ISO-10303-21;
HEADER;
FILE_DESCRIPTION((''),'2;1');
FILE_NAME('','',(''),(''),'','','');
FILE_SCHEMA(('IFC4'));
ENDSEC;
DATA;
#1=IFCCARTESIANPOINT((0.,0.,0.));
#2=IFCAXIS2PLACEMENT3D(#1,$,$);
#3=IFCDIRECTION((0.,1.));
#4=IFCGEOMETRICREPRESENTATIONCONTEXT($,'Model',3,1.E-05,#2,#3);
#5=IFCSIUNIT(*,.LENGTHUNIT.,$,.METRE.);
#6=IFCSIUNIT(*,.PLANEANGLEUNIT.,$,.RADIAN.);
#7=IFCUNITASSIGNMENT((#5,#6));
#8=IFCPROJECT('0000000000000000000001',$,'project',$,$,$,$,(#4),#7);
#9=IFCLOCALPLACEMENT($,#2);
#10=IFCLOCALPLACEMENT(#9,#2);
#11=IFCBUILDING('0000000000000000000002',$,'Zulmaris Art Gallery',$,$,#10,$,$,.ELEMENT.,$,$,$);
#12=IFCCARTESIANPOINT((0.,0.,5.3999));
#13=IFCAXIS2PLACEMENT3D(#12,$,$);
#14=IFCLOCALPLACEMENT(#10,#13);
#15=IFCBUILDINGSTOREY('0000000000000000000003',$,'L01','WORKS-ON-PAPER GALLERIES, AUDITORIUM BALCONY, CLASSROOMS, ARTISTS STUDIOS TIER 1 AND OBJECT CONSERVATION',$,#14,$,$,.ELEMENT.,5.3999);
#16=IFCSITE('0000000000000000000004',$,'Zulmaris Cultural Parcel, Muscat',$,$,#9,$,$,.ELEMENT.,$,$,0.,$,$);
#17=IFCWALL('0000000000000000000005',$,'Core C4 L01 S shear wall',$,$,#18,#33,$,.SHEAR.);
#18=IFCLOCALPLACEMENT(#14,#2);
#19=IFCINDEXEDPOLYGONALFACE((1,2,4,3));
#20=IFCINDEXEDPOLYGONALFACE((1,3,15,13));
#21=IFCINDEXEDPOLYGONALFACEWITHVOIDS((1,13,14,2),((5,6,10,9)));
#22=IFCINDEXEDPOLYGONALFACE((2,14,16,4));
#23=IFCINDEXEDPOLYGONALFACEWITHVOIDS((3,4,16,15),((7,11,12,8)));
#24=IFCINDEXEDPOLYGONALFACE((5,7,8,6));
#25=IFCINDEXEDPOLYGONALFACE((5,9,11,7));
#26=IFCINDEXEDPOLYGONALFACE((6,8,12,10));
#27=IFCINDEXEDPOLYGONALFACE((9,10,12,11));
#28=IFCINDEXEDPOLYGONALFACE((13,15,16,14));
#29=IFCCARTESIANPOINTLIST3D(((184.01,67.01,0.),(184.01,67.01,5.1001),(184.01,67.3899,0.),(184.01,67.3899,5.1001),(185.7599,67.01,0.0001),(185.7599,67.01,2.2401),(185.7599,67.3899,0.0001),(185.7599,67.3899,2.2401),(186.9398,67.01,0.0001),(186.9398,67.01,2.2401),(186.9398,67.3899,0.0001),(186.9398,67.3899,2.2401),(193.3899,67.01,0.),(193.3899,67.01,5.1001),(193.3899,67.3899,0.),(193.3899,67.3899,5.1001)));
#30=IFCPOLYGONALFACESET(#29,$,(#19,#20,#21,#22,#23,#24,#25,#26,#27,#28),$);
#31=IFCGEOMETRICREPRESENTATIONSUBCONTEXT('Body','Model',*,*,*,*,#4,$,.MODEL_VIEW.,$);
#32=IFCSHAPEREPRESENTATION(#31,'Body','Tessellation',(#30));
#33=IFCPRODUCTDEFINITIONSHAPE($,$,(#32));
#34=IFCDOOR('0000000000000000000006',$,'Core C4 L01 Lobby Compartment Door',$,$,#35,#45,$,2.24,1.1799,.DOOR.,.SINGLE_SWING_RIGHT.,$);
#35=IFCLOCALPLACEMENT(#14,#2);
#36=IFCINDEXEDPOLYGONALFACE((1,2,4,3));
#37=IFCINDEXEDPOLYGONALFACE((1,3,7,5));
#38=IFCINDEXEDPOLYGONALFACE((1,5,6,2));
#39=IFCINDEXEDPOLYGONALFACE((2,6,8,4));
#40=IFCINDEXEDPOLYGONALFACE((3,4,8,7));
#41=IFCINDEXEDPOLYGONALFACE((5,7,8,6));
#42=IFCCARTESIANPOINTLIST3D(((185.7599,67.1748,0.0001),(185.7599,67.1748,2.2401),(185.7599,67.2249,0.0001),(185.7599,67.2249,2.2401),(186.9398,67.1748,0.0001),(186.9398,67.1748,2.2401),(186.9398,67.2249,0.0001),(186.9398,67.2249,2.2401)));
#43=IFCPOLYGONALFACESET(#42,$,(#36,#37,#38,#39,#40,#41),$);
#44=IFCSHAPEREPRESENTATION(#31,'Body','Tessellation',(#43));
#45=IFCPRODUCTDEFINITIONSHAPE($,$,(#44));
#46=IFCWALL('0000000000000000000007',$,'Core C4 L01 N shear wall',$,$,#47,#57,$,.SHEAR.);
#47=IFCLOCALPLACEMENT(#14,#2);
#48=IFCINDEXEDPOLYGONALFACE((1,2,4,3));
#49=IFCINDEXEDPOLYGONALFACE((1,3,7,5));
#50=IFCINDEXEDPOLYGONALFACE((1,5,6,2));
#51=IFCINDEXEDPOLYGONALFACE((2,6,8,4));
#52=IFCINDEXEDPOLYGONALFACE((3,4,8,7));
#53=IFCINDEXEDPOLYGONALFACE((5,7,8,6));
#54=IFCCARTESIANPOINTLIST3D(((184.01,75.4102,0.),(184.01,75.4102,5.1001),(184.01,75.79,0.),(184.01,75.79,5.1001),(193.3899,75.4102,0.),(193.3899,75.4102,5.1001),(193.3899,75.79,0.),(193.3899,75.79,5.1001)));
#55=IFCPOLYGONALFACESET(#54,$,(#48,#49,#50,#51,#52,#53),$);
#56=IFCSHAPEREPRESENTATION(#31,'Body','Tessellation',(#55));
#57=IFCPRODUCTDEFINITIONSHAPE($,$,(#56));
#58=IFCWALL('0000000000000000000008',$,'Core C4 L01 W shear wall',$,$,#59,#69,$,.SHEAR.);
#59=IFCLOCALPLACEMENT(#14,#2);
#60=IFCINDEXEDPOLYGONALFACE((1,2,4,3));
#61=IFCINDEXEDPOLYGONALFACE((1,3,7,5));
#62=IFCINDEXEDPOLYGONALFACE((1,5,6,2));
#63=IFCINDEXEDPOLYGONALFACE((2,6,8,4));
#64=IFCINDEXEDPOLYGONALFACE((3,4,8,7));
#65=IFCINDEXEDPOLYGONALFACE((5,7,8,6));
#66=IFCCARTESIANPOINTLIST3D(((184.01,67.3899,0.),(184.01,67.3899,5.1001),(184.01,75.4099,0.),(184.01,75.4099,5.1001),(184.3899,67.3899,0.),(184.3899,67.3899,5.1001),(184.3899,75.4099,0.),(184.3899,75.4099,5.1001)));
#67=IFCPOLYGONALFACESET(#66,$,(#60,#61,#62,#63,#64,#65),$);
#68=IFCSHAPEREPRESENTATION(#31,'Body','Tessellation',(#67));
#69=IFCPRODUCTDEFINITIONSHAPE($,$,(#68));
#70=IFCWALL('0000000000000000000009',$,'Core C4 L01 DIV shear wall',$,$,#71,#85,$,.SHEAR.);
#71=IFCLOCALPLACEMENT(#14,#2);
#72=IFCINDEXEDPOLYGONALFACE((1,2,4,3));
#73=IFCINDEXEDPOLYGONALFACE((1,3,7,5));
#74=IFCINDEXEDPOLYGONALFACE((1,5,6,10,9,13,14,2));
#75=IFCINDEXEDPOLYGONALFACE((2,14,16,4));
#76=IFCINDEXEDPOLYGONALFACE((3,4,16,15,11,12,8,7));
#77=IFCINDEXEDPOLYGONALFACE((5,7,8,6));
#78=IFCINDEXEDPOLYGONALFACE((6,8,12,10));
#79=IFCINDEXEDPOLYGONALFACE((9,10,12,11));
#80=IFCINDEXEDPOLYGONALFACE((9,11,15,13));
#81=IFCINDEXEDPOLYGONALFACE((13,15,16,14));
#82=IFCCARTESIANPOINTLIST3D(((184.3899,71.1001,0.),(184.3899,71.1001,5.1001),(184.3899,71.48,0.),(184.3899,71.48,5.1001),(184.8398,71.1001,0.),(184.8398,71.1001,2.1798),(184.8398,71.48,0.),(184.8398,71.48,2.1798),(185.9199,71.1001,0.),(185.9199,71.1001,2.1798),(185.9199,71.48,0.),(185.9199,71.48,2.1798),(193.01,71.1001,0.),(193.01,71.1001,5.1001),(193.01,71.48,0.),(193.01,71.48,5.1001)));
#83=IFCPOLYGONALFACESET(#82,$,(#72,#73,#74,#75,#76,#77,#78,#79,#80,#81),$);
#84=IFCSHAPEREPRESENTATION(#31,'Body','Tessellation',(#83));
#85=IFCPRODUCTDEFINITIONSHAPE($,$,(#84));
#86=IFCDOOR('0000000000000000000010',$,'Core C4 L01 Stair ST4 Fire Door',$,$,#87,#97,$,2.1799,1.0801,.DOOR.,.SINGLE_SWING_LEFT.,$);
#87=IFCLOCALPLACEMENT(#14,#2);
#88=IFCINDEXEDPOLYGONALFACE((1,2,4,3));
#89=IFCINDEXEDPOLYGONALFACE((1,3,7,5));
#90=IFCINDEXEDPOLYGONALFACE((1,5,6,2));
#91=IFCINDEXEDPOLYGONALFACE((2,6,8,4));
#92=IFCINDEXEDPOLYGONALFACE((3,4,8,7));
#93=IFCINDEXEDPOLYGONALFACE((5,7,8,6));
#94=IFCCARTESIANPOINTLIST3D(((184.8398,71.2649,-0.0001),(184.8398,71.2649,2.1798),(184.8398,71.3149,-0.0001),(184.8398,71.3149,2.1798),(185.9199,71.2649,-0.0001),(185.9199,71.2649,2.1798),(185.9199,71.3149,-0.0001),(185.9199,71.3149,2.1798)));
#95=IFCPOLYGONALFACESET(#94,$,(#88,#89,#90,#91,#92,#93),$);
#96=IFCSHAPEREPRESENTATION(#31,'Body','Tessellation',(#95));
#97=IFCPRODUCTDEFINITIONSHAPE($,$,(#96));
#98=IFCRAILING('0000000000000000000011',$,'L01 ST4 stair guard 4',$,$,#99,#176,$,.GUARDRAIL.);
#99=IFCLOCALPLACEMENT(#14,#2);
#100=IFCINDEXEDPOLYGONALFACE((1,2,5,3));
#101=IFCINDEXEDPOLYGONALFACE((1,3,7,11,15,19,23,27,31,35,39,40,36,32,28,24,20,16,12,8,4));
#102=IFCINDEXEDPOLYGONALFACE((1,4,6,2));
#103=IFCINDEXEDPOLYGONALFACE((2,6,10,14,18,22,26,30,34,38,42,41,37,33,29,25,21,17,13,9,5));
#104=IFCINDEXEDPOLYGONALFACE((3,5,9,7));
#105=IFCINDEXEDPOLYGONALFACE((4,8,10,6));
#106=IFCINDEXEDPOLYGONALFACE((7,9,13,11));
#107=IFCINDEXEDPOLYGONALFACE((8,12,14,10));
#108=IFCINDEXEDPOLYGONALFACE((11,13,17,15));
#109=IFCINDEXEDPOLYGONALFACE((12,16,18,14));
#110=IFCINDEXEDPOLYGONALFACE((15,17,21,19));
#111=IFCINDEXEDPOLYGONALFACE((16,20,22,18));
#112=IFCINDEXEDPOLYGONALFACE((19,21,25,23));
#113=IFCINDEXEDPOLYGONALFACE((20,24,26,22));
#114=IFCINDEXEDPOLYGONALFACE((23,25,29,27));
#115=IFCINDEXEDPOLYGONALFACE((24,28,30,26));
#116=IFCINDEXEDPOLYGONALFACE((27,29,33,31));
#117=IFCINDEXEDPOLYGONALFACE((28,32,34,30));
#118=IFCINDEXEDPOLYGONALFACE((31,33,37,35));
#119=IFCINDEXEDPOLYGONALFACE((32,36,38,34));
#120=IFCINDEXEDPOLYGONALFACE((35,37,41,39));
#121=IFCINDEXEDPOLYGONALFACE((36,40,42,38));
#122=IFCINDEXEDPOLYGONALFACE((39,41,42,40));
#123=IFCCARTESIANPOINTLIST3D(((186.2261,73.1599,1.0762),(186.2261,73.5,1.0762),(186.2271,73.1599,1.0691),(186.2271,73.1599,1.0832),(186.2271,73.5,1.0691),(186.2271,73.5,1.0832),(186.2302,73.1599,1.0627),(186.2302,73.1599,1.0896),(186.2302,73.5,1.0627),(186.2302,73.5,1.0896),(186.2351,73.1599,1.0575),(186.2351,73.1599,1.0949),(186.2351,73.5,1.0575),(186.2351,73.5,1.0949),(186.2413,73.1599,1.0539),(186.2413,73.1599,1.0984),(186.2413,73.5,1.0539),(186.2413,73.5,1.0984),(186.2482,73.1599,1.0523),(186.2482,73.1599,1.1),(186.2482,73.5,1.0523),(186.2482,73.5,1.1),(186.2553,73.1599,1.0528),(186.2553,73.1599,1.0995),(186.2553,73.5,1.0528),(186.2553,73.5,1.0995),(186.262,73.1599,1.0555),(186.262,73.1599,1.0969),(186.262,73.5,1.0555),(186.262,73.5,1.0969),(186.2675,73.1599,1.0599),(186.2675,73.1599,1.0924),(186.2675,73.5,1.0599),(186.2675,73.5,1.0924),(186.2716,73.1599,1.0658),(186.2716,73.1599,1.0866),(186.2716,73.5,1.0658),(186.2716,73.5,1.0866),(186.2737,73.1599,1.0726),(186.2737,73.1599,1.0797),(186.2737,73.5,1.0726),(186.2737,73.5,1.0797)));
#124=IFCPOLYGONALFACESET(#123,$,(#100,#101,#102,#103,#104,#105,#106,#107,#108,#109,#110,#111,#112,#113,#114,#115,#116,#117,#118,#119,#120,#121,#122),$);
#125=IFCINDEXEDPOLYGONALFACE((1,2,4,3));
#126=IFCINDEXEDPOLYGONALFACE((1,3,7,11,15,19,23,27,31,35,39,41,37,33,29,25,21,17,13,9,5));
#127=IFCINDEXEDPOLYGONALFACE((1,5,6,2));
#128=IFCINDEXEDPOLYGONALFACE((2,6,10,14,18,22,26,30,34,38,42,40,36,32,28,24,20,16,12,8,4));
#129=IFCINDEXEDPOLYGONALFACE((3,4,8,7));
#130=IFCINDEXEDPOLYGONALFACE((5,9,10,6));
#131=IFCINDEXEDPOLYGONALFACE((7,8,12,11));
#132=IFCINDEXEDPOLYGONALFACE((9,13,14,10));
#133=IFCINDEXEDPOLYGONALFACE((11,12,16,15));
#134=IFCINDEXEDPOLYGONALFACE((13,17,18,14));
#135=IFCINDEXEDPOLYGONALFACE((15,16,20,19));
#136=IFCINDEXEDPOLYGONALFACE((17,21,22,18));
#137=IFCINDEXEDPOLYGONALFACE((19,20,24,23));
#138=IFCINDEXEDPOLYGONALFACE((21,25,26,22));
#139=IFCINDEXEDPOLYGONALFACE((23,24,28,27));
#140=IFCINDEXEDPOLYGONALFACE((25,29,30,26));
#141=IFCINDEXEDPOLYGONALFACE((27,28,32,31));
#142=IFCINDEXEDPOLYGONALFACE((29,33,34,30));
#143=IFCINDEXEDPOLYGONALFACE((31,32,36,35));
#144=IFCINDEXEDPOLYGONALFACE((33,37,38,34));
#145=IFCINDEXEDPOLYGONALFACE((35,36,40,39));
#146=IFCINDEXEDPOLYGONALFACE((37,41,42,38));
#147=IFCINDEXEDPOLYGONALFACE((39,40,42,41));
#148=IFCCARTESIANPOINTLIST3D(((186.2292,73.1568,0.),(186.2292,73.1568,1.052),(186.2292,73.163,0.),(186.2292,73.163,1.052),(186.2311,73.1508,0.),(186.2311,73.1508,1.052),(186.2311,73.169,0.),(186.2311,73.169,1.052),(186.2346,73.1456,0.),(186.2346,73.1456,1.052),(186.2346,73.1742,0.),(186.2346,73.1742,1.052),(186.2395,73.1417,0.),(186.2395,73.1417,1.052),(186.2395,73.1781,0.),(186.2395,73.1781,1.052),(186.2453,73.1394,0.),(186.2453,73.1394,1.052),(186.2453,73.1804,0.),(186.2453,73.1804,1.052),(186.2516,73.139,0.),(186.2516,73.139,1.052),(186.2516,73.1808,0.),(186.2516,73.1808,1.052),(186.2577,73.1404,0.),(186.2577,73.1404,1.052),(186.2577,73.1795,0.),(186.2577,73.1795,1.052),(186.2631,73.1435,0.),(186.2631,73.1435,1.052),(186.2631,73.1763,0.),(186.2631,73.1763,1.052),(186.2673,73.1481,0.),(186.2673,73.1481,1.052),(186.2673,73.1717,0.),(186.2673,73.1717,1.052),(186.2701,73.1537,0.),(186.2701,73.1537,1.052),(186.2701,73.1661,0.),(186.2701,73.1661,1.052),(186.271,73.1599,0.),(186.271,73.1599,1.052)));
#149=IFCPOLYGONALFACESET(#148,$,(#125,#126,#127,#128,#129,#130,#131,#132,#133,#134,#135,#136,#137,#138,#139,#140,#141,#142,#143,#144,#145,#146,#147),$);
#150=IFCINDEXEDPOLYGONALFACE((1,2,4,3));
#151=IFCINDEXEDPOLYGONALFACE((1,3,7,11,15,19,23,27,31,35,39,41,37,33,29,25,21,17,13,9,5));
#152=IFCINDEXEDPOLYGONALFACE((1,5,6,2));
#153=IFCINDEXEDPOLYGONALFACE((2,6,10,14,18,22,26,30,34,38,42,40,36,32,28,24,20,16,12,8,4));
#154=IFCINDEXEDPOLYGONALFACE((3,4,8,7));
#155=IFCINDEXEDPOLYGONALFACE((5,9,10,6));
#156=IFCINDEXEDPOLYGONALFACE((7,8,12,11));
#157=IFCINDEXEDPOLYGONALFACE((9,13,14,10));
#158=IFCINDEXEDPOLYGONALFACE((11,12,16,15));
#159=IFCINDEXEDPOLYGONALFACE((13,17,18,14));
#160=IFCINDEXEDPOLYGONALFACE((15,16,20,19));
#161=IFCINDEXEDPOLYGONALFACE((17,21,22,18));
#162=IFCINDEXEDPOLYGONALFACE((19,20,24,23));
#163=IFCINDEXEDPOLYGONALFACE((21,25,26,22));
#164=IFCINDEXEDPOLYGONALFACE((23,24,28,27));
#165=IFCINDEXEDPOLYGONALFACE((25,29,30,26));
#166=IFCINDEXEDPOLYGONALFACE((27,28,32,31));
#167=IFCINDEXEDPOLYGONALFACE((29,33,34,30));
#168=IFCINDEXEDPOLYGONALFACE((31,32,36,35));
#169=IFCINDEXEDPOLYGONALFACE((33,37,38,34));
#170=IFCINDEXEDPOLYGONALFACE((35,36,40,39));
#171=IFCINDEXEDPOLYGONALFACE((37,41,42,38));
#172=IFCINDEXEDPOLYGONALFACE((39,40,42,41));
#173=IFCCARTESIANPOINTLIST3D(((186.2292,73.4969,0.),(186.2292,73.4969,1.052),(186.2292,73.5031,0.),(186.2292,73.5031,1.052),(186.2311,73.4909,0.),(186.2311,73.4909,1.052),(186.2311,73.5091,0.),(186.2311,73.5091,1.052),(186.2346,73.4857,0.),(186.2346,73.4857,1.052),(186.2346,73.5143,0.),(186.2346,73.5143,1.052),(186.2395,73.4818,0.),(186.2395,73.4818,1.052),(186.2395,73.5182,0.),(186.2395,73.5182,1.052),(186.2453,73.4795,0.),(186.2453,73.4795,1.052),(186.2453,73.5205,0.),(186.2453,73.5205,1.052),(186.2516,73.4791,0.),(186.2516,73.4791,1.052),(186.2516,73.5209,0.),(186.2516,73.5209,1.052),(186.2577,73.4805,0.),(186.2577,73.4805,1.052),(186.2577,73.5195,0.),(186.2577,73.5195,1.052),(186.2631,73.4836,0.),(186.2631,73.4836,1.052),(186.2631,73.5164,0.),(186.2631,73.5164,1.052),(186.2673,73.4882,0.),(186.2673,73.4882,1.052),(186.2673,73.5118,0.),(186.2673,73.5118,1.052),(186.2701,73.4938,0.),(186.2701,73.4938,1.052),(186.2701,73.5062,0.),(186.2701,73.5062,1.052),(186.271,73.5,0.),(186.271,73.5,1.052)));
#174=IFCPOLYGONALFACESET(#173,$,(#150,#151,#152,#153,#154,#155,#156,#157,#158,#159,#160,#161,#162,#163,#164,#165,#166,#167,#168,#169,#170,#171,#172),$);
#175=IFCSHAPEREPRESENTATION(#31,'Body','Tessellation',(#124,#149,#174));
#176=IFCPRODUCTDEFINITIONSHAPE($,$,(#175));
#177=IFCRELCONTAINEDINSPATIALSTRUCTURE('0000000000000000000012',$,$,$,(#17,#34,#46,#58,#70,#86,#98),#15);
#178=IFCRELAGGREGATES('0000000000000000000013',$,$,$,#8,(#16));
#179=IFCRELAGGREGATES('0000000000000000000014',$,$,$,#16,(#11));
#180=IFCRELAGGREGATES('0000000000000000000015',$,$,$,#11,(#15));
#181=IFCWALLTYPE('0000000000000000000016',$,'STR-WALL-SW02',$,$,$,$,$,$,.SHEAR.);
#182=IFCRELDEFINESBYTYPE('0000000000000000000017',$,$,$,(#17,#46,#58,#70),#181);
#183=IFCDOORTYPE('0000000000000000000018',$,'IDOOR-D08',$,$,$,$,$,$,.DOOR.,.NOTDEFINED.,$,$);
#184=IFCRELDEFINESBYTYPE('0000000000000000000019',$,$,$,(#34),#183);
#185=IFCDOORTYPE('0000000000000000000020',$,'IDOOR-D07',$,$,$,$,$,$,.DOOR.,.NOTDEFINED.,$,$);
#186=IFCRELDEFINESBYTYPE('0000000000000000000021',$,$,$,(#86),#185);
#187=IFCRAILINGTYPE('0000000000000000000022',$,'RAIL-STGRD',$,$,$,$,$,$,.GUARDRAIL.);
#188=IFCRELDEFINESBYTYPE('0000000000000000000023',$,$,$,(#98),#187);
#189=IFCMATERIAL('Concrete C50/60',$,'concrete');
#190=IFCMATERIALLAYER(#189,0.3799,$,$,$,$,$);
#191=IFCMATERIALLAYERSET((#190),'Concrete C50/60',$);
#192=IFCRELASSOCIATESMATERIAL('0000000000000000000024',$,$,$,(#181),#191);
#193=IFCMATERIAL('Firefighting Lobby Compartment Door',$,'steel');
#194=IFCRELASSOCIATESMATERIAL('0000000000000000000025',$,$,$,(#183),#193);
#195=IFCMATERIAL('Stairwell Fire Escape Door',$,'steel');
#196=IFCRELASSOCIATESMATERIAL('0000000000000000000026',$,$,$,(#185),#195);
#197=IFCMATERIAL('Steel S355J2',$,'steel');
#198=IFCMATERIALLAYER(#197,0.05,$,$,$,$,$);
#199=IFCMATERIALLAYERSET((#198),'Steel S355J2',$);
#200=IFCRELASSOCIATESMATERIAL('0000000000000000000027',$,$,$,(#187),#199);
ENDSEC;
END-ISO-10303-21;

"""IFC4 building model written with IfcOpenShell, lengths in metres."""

from ifc_helpers import new_model, si_unit, direction, frame, frame_2d, origin, origin_2d, place, context, subcontext, project, spatial, rectangle, circle, extrude, material, layer, layer_set, type_object, element, fill, save


model = new_model("IFC4")

# Units and contexts
model_context = context("Model", 3, precision=1e-05, world=origin(), true_north=direction((0.0, 1.0)))
body_context = subcontext(model_context, "Body", "Model", "MODEL_VIEW")
ifc_project = project(units=[si_unit("LENGTHUNIT", "METRE"), si_unit("PLANEANGLEUNIT", "RADIAN")], contexts=[model_context])

# Site, building, storey
site_placement = place(None, origin())
site = spatial("IfcSite", under=ifc_project, at=site_placement, Name="Zulmaris Cultural Parcel, Muscat", CompositionType="ELEMENT", RefElevation=0.0)
building_placement = place(site_placement, origin())
building = spatial("IfcBuilding", under=site, at=building_placement, Name="Zulmaris Art Gallery", CompositionType="ELEMENT")
storey_placement = place(building_placement, frame((0.0, 0.0, 5.3999)))
storey = spatial("IfcBuildingStorey", under=building, at=storey_placement, Name="L01", Description="WORKS-ON-PAPER GALLERIES, AUDITORIUM BALCONY, CLASSROOMS, ARTISTS STUDIOS TIER 1 AND OBJECT CONSERVATION", CompositionType="ELEMENT", Elevation=5.3999)

# Shared definitions
ifc_material_1 = material(Name="Concrete C50/60", Category="concrete")

# Shared definitions
ifc_material_2 = material(Name="Steel S355J2", Category="steel")

# Wall, opening, door
ifc_layer_1 = layer(ifc_material_1, 0.3799)
ifc_layer_set_1 = layer_set([ifc_layer_1], Name="Concrete C50/60")
wall_type_1 = type_object("IfcWallType", Name="STR-WALL-SW02", PredefinedType="SHEAR", material=ifc_layer_set_1)
wall_1_placement = place(storey_placement, frame((184.01, 67.2, 0.0), z_axis=(0.0, 0.0, 1.0), x_axis=(1.0, 0.0, 0.0)))
wall_1 = element("IfcWall", 1, at=wall_1_placement, inside=storey, type_object=wall_type_1, Name="Core C4 L01 S shear wall", PredefinedType="SHEAR", context=body_context, shape_type="SweptSolid", body=[
    extrude(rectangle(XDim=9.3799, YDim=0.3799, at=frame_2d((4.6899, 0.0))), origin(), (0.0, 0.0, 1.0), 5.1001),
])
opening_1_placement = place(wall_1_placement, frame((1.75, 0.0, 0.0)))
opening_1 = element("IfcOpeningElement", 2, at=opening_1_placement, cuts=wall_1, PredefinedType="OPENING", context=body_context, shape_type="SweptSolid", body=[
    extrude(rectangle(XDim=1.1799, YDim=2.24, at=frame_2d((0.5898, 1.1201))), frame((0.0, 0.2, 0.0), z_axis=(0.0, -1.0, 0.0), x_axis=(1.0, 0.0, 0.0)), (0.0, 0.0, 1.0), 0.3999),
])
ifc_material_3 = material(Name="Firefighting Lobby Compartment Door", Category="steel")
door_type_1 = type_object("IfcDoorType", Name="IDOOR-D08", OperationType="NOTDEFINED", PredefinedType="DOOR", material=ifc_material_3)
door_1_placement = place(opening_1_placement, origin())
door_1 = element("IfcDoor", 3, at=door_1_placement, inside=storey, type_object=door_type_1, Name="Core C4 L01 Lobby Compartment Door", OperationType="SINGLE_SWING_RIGHT", OverallHeight=2.24, OverallWidth=1.1799, PredefinedType="DOOR", context=body_context, shape_type="SweptSolid", body=[
    extrude(rectangle(XDim=1.1799, YDim=2.24, at=frame_2d((0.5898, 1.1201))), frame((0.0, 0.0249, 0.0), z_axis=(0.0, -1.0, 0.0), x_axis=(1.0, 0.0, 0.0)), (0.0, 0.0, 1.0), 0.05),
])
fill(opening_1, door_1)

# Walls
wall_2_placement = place(storey_placement, frame((184.01, 75.6001, 0.0), z_axis=(0.0, 0.0, 1.0), x_axis=(1.0, 0.0, 0.0)))
element("IfcWall", 4, at=wall_2_placement, inside=storey, type_object=wall_type_1, Name="Core C4 L01 N shear wall", PredefinedType="SHEAR", context=body_context, shape_type="SweptSolid", body=[
    extrude(rectangle(XDim=9.3799, YDim=0.3799, at=frame_2d((4.6899, 0.0))), origin(), (0.0, 0.0, 1.0), 5.1001),
])
wall_3_placement = place(storey_placement, frame((184.2, 67.3899, 0.0), z_axis=(0.0, 0.0, 1.0), x_axis=(0.0, 1.0, 0.0)))
element("IfcWall", 5, at=wall_3_placement, inside=storey, type_object=wall_type_1, Name="Core C4 L01 W shear wall", PredefinedType="SHEAR", context=body_context, shape_type="SweptSolid", body=[
    extrude(rectangle(XDim=8.02, YDim=0.3799, at=frame_2d((4.01, 0.0))), origin(), (0.0, 0.0, 1.0), 5.1001),
])

# Wall, opening, door
wall_4_placement = place(storey_placement, frame((184.3899, 71.29, 0.0), z_axis=(0.0, 0.0, 1.0), x_axis=(1.0, 0.0, 0.0)))
wall_4 = element("IfcWall", 6, at=wall_4_placement, inside=storey, type_object=wall_type_1, Name="Core C4 L01 DIV shear wall", PredefinedType="SHEAR", context=body_context, shape_type="SweptSolid", body=[
    extrude(rectangle(XDim=8.6201, YDim=0.3799, at=frame_2d((4.3101, 0.0))), origin(), (0.0, 0.0, 1.0), 5.1001),
])
opening_2_placement = place(wall_4_placement, frame((0.45, 0.0, 0.0)))
opening_2 = element("IfcOpeningElement", 7, at=opening_2_placement, cuts=wall_4, PredefinedType="OPENING", context=body_context, shape_type="SweptSolid", body=[
    extrude(rectangle(XDim=1.0801, YDim=2.1799, at=frame_2d((0.54, 1.0898))), frame((0.0, 0.2, 0.0), z_axis=(0.0, -1.0, 0.0), x_axis=(1.0, 0.0, 0.0)), (0.0, 0.0, 1.0), 0.3999),
])
ifc_material_4 = material(Name="Stairwell Fire Escape Door", Category="steel")
door_type_2 = type_object("IfcDoorType", Name="IDOOR-D07", OperationType="NOTDEFINED", PredefinedType="DOOR", material=ifc_material_4)
door_2_placement = place(opening_2_placement, origin())
door_2 = element("IfcDoor", 8, at=door_2_placement, inside=storey, type_object=door_type_2, Name="Core C4 L01 Stair ST4 Fire Door", OperationType="SINGLE_SWING_LEFT", OverallHeight=2.1799, OverallWidth=1.0801, PredefinedType="DOOR", context=body_context, shape_type="SweptSolid", body=[
    extrude(rectangle(XDim=1.0801, YDim=2.1799, at=frame_2d((0.54, 1.0898))), frame((0.0, 0.0249, 0.0), z_axis=(0.0, -1.0, 0.0), x_axis=(1.0, 0.0, 0.0)), (0.0, 0.0, 1.0), 0.05),
])
fill(opening_2, door_2)

# Railing
ifc_layer_2 = layer(ifc_material_2, 0.05)
ifc_layer_set_2 = layer_set([ifc_layer_2], Name="Steel S355J2")
railing_type_1 = type_object("IfcRailingType", Name="RAIL-STGRD", PredefinedType="GUARDRAIL", material=ifc_layer_set_2)
railing_1_placement = place(storey_placement, frame((186.25, 73.1599, 0.0)))
element("IfcRailing", 9, at=railing_1_placement, inside=storey, type_object=railing_type_1, Name="L01 ST4 stair guard 4", PredefinedType="GUARDRAIL", context=body_context, shape_type="SweptSolid", body=[
    extrude(circle(Radius=0.0239, at=origin_2d()), frame((0.0, 0.0, 1.0762), z_axis=(0.0, 1.0, 0.0), x_axis=(-1.0, 0.0, 0.0)), (0.0, 0.0, 1.0), 0.3401),
    extrude(circle(Radius=0.021, at=origin_2d()), origin(), (0.0, 0.0, 1.0), 1.052),
    extrude(circle(Radius=0.021, at=origin_2d()), frame((0.0, 0.3401, 0.0)), (0.0, 0.0, 1.0), 1.052),
])

save(model, "model.ifc")
